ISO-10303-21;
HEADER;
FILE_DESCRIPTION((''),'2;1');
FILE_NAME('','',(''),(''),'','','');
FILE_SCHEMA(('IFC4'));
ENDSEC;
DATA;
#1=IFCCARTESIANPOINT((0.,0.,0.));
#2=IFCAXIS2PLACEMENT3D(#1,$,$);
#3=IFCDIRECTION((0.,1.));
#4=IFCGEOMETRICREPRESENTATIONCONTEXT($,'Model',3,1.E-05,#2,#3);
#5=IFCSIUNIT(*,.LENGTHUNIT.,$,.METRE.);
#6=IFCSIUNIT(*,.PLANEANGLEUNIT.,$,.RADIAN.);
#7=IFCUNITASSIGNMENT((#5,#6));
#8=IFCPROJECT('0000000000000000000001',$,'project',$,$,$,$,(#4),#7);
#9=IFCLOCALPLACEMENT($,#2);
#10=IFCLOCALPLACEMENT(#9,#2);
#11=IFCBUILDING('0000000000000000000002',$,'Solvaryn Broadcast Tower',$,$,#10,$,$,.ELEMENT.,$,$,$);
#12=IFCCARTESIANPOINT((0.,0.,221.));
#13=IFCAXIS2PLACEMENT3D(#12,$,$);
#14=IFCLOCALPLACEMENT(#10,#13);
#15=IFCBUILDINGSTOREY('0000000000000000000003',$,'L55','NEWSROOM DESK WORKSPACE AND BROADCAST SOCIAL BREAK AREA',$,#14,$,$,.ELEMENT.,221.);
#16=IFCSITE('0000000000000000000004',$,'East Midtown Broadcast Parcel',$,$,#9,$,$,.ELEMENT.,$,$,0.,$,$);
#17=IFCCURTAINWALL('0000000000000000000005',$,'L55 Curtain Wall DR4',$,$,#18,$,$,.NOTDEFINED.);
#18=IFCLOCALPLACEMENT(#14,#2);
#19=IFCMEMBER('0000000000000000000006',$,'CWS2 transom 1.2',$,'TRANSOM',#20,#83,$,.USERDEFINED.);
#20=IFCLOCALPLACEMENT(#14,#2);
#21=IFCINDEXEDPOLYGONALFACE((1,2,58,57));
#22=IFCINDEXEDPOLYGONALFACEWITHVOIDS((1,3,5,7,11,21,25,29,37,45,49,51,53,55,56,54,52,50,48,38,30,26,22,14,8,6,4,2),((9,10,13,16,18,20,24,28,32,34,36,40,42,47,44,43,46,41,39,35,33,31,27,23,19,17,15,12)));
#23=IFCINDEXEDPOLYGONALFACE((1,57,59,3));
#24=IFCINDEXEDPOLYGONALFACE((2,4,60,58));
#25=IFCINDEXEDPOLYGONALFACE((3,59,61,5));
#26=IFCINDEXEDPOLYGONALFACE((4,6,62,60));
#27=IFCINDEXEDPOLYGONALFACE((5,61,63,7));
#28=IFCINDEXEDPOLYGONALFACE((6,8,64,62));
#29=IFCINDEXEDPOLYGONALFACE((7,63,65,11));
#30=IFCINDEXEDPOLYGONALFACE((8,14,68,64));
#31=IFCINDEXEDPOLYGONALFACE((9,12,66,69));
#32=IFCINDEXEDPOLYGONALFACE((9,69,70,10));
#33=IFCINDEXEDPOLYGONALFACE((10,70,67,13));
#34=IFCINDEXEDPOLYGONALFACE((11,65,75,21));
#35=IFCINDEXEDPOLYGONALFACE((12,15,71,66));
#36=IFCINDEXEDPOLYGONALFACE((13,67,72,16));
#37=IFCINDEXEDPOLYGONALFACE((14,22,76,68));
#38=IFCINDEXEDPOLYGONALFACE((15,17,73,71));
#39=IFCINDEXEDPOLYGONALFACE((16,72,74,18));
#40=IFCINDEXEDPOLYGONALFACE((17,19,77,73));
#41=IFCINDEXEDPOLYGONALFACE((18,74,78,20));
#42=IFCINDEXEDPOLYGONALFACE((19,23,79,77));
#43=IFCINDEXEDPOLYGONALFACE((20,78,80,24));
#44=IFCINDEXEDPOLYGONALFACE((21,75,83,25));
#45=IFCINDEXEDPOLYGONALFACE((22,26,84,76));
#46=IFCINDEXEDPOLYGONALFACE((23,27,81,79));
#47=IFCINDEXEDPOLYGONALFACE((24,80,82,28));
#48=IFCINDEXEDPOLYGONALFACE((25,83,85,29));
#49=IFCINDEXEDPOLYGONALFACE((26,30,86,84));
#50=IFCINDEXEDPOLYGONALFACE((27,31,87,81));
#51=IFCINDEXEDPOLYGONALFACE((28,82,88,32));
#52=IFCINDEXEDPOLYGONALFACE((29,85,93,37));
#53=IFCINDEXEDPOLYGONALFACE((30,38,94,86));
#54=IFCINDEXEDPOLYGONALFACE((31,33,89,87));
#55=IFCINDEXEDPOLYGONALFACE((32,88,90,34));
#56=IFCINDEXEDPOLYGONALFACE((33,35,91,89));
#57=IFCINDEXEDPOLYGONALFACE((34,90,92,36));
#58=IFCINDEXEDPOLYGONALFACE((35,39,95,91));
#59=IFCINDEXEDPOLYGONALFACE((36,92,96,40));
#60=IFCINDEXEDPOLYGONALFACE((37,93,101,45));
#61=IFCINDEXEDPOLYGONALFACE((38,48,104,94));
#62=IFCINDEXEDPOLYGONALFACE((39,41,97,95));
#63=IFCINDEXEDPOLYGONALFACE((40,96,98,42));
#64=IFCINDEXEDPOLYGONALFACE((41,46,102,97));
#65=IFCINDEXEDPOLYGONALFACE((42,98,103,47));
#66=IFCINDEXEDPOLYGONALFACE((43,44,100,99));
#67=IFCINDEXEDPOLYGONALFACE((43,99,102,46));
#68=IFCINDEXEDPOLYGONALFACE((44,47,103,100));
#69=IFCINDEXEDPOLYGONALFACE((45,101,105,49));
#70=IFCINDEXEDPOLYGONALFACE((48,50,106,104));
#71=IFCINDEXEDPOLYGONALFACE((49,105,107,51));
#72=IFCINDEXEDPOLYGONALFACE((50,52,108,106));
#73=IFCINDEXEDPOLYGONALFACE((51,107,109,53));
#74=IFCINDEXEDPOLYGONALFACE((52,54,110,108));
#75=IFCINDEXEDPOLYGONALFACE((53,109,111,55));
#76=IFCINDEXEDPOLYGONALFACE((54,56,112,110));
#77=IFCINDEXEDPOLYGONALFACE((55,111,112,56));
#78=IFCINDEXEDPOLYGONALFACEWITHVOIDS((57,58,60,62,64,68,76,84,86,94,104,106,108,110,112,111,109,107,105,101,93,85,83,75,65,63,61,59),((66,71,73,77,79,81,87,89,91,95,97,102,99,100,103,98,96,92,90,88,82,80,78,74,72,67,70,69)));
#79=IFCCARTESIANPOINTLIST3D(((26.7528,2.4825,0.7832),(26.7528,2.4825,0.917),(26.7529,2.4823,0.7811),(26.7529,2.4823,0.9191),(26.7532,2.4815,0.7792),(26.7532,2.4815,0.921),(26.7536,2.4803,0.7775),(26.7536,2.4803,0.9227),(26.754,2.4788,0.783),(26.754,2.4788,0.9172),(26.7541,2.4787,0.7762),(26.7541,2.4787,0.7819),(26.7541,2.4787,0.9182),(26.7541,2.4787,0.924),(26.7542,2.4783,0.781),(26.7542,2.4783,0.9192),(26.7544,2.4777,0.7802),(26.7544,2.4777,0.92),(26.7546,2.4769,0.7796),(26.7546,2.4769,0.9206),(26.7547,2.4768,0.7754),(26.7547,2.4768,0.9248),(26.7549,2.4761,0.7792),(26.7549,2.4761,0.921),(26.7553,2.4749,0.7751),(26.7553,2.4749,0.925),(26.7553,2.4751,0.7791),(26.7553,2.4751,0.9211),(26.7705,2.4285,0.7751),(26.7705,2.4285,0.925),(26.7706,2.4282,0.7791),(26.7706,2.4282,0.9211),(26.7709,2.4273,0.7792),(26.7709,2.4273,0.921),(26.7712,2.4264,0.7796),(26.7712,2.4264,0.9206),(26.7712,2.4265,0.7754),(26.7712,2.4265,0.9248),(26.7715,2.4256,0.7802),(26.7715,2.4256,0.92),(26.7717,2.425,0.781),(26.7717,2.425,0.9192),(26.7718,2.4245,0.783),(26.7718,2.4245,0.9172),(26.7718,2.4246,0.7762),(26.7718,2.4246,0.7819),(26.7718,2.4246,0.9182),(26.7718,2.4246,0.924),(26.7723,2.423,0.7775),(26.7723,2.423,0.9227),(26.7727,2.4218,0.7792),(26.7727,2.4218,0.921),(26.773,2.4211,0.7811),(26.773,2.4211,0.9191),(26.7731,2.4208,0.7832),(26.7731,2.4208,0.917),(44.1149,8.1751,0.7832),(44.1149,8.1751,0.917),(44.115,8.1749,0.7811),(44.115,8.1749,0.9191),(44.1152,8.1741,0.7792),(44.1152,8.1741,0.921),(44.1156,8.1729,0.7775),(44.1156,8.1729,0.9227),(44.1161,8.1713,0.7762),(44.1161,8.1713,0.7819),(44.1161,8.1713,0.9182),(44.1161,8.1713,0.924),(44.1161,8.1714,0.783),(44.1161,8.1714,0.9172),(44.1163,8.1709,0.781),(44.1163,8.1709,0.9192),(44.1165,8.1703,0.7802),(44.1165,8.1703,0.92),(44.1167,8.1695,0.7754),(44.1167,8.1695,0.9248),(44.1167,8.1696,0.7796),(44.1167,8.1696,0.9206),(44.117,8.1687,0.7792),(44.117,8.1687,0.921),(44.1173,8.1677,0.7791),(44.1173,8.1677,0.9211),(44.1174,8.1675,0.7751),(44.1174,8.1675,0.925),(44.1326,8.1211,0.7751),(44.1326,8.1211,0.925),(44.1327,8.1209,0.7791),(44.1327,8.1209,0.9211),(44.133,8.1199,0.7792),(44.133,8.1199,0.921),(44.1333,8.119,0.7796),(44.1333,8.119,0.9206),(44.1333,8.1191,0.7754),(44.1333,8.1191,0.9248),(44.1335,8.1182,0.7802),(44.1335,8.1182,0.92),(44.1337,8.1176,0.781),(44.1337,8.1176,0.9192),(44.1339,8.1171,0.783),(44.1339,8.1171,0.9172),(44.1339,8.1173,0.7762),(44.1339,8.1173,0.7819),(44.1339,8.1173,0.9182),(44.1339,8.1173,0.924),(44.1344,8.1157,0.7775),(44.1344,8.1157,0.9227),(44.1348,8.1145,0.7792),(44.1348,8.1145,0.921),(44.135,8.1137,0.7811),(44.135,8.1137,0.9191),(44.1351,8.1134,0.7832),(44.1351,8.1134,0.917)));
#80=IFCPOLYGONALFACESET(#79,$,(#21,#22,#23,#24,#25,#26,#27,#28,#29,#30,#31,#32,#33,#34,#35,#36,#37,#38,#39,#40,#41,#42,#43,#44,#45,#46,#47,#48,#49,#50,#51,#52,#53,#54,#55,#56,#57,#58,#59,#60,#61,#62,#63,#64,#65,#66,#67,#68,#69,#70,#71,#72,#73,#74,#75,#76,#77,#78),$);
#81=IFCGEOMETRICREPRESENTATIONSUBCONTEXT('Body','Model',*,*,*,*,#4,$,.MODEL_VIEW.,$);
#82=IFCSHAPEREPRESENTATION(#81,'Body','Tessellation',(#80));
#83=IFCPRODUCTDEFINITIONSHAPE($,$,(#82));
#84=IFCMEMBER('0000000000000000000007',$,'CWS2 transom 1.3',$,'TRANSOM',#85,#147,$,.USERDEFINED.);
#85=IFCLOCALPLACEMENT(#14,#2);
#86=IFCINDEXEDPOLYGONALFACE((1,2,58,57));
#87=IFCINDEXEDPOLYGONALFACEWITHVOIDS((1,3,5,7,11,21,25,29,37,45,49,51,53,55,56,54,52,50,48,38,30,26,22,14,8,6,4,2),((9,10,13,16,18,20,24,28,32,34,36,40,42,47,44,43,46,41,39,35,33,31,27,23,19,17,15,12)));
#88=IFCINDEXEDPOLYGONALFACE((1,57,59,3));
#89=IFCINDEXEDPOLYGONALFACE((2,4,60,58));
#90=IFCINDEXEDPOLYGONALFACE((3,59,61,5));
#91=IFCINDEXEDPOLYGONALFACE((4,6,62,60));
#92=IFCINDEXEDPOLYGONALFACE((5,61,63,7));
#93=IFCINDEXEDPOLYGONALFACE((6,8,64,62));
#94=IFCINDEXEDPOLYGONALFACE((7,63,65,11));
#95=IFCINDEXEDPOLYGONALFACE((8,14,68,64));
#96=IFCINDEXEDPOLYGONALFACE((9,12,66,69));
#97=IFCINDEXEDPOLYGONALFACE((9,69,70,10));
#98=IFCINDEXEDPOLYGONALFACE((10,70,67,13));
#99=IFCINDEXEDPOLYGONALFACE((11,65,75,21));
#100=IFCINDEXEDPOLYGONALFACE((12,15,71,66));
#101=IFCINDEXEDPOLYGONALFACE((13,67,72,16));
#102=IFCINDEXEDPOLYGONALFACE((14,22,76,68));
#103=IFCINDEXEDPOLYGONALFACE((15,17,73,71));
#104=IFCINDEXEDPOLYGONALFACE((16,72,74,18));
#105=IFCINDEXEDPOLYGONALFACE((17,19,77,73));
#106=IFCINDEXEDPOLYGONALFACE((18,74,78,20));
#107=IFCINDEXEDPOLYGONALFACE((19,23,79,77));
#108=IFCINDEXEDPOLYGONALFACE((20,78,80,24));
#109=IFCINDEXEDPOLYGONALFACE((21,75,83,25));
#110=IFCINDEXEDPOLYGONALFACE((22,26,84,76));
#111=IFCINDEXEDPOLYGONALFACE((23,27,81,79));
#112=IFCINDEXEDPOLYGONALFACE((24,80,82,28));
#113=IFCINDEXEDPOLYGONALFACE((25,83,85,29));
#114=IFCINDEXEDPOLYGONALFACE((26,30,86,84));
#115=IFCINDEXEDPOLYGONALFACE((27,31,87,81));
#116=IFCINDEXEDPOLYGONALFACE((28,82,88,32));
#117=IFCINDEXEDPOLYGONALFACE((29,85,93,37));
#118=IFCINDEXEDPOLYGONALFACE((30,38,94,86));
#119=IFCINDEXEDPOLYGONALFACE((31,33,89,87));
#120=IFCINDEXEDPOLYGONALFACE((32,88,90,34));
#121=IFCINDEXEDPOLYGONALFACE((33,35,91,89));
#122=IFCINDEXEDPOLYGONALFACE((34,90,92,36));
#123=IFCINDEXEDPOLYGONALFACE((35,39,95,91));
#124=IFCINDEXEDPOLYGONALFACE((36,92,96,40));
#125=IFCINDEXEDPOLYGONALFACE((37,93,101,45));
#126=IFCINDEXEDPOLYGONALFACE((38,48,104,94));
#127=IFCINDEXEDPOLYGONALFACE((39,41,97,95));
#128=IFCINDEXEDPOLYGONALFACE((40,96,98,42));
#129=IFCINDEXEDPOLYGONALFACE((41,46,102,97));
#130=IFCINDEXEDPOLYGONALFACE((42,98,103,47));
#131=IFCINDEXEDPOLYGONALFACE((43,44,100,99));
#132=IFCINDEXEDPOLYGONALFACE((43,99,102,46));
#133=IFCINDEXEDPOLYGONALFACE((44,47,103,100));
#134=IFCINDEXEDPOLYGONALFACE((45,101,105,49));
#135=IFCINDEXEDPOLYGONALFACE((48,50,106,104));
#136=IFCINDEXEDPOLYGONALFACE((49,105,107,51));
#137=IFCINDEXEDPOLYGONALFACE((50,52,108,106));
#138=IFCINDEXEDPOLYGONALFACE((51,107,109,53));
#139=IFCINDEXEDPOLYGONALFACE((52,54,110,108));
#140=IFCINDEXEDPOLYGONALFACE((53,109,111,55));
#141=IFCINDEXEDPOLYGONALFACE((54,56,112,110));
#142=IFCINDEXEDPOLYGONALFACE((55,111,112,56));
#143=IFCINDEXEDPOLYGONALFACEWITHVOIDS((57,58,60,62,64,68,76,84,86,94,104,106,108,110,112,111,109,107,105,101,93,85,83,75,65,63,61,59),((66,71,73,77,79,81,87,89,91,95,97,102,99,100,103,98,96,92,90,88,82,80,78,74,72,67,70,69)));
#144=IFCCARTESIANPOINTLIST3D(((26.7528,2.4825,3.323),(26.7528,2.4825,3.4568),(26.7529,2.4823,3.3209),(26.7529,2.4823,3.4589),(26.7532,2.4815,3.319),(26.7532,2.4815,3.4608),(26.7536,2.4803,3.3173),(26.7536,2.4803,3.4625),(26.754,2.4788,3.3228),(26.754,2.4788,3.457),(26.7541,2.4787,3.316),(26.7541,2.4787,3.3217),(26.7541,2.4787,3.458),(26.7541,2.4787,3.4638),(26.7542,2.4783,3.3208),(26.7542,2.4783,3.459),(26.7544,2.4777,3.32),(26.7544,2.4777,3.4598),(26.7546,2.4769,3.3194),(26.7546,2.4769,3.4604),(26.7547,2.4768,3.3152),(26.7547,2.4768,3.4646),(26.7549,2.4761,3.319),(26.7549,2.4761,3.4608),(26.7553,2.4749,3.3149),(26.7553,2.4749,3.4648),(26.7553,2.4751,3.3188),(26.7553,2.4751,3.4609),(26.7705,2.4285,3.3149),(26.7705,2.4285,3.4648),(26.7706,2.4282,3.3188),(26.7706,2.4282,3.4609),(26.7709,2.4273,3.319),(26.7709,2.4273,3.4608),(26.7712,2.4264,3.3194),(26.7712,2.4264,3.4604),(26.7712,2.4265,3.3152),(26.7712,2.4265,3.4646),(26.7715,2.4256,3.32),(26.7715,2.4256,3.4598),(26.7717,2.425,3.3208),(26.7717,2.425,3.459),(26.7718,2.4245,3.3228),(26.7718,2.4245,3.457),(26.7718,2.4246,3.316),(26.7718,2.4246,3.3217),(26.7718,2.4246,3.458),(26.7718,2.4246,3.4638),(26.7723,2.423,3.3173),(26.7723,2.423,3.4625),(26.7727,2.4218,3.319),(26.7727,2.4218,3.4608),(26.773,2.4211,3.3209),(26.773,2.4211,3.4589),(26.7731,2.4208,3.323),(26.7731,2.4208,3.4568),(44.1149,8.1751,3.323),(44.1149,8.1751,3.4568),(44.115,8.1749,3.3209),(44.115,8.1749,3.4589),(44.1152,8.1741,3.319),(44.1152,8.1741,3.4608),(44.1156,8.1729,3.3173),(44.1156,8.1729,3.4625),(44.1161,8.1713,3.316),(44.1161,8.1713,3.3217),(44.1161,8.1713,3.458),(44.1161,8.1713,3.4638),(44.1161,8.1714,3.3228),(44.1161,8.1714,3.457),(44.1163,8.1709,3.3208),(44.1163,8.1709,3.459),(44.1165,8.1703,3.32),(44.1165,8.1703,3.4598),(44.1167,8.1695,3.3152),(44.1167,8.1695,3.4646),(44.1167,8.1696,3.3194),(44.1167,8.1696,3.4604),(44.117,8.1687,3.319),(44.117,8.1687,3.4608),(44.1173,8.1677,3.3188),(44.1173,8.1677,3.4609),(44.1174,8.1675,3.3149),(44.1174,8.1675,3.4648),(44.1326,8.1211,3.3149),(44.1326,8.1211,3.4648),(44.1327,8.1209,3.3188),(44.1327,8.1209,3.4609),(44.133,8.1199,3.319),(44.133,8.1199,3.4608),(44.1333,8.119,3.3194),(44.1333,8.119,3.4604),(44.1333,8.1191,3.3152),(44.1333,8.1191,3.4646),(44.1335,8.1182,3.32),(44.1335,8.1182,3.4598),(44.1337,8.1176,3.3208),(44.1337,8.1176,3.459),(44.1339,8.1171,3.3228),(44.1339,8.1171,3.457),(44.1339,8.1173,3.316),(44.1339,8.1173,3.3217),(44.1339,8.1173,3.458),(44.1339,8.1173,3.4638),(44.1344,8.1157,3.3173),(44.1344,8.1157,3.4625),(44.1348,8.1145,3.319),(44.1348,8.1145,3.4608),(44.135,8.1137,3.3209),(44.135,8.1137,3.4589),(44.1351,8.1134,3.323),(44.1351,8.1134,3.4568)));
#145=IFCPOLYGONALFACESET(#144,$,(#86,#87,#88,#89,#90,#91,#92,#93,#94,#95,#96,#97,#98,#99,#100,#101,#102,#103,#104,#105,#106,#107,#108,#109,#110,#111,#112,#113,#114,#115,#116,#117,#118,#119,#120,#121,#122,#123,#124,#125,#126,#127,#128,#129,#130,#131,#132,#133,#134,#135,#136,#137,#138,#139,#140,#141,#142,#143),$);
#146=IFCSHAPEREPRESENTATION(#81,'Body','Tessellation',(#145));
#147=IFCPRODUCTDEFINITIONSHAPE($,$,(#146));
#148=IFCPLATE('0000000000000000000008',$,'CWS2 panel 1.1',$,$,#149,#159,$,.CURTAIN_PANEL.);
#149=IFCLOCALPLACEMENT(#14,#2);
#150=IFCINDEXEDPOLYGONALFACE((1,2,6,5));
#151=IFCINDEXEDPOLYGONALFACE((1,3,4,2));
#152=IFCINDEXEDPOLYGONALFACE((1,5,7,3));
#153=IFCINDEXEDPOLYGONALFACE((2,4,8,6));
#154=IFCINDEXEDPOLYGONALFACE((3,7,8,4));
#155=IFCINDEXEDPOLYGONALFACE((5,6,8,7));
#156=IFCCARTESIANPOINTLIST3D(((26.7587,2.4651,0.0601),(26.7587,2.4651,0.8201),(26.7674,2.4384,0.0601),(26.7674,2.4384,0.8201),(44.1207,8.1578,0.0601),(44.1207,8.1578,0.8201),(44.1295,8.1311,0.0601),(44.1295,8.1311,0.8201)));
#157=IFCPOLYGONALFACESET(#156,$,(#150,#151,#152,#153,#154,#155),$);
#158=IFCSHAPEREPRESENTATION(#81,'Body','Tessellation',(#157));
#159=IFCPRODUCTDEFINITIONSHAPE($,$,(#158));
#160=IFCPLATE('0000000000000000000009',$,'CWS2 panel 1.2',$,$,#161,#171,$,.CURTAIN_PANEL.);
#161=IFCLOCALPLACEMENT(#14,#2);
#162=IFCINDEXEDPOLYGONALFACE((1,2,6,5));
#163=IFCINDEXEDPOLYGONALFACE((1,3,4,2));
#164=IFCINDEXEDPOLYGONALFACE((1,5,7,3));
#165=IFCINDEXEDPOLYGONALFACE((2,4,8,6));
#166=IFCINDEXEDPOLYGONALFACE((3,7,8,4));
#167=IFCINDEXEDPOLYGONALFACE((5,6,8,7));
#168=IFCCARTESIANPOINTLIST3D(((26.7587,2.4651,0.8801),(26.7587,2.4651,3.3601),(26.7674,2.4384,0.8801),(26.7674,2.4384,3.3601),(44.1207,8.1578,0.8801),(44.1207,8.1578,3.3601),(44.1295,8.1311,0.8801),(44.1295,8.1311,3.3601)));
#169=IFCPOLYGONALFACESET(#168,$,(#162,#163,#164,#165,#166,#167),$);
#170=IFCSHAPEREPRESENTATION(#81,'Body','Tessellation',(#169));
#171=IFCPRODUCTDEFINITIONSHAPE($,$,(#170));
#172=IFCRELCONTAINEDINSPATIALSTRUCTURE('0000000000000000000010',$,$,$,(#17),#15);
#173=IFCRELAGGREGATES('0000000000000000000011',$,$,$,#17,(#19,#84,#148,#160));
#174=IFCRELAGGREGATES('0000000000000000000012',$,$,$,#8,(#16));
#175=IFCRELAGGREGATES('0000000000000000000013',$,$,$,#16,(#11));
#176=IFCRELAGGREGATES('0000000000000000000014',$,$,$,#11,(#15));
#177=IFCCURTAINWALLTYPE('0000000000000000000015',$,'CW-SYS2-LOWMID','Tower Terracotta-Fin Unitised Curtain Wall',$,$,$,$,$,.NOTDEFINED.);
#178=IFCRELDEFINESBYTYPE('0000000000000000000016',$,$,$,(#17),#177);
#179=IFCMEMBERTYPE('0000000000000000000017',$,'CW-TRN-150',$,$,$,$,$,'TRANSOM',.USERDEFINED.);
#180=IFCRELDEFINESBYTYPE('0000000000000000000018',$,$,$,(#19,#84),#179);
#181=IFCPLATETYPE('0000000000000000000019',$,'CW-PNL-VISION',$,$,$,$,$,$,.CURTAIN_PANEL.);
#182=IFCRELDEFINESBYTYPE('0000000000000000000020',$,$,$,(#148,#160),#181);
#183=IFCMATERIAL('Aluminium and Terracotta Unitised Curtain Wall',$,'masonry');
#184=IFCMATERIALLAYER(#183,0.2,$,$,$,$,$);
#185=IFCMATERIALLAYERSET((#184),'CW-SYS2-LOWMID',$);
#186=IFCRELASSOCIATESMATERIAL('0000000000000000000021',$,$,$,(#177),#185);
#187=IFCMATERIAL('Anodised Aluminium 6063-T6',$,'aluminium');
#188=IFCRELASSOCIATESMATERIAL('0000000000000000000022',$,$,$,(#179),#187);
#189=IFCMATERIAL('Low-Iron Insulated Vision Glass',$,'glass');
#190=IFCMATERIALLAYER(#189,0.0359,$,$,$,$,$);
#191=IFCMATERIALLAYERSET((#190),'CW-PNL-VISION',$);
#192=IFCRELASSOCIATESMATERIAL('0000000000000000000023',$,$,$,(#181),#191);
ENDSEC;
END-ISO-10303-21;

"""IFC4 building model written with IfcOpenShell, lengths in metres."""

from ifc_helpers import new_model, si_unit, direction, frame, origin, origin_2d, place, context, subcontext, project, spatial, rectangle, hollow_rectangle, extrude, material, layer, layer_set, material_profile, profile_set, type_object, element, aggregate, save


model = new_model("IFC4")

# Units and contexts
model_context = context("Model", 3, precision=1e-05, world=origin(), true_north=direction((0.0, 1.0)))
body_context = subcontext(model_context, "Body", "Model", "MODEL_VIEW")
ifc_project = project(units=[si_unit("LENGTHUNIT", "METRE"), si_unit("PLANEANGLEUNIT", "RADIAN")], contexts=[model_context])

# Site, building, storey
site_placement = place(None, origin())
site = spatial("IfcSite", under=ifc_project, at=site_placement, Name="East Midtown Broadcast Parcel", CompositionType="ELEMENT", RefElevation=0.0)
building_placement = place(site_placement, origin())
building = spatial("IfcBuilding", under=site, at=building_placement, Name="Solvaryn Broadcast Tower", CompositionType="ELEMENT")
storey_placement = place(building_placement, frame((0.0, 0.0, 221.0)))
storey = spatial("IfcBuildingStorey", under=building, at=storey_placement, Name="L55", Description="NEWSROOM DESK WORKSPACE AND BROADCAST SOCIAL BREAK AREA", CompositionType="ELEMENT", Elevation=221.0)

# Shared definitions
ifc_material_1 = material(Name="Aluminium and Terracotta Unitised Curtain Wall", Category="masonry")
ifc_layer_1 = layer(ifc_material_1, 0.2)
ifc_layer_set_1 = layer_set([ifc_layer_1], Name="CW-SYS2-LOWMID")
curtain_wall_type = type_object("IfcCurtainWallType", Name="CW-SYS2-LOWMID", Description="Tower Terracotta-Fin Unitised Curtain Wall", PredefinedType="NOTDEFINED", material=ifc_layer_set_1)

# Curtain wall, members, plates
curtain_wall_1_placement = place(storey_placement, origin())
curtain_wall_1 = element("IfcCurtainWall", 1, at=curtain_wall_1_placement, inside=storey, type_object=curtain_wall_type, Name="L55 Curtain Wall DR4", PredefinedType="NOTDEFINED")
ifc_material_2 = material(Name="Anodised Aluminium 6063-T6", Category="aluminium")
ifc_material_profile_1 = material_profile(ifc_material_2, hollow_rectangle(XDim=0.0649, YDim=0.1499, WallThickness=0.0039, InnerFilletRadius=0.0039, OuterFilletRadius=0.0081, at=origin_2d()))
ifc_profile_set_1 = profile_set([ifc_material_profile_1], Name="Anodised Aluminium 6063-T6")
member_type_1 = type_object("IfcMemberType", Name="CW-TRN-150", ElementType="TRANSOM", PredefinedType="USERDEFINED", material=ifc_profile_set_1)
member_1_placement = place(storey_placement, frame((26.7629, 2.4517, 0.8501), z_axis=(0.950227, 0.311558, 0.0), x_axis=(-0.311558, 0.950227, 0.0)))
member_1 = element("IfcMember", 2, at=member_1_placement, type_object=member_type_1, Name="CWS2 transom 1.2", ObjectType="TRANSOM", PredefinedType="USERDEFINED", context=body_context, shape_type="SweptSolid", body=[
    extrude(hollow_rectangle(XDim=0.0649, YDim=0.1499, WallThickness=0.0039, InnerFilletRadius=0.0039, OuterFilletRadius=0.0081, at=origin_2d()), origin(), (0.0, 0.0, 1.0), 18.2715),
])
member_2_placement = place(storey_placement, frame((26.7629, 2.4517, 3.3899), z_axis=(0.950227, 0.311558, 0.0), x_axis=(-0.311558, 0.950227, 0.0)))
member_2 = element("IfcMember", 3, at=member_2_placement, type_object=member_type_1, Name="CWS2 transom 1.3", ObjectType="TRANSOM", PredefinedType="USERDEFINED", context=body_context, shape_type="SweptSolid", body=[
    extrude(hollow_rectangle(XDim=0.0649, YDim=0.1499, WallThickness=0.0039, InnerFilletRadius=0.0039, OuterFilletRadius=0.0081, at=origin_2d()), origin(), (0.0, 0.0, 1.0), 18.2715),
])
ifc_material_3 = material(Name="Low-Iron Insulated Vision Glass", Category="glass")
ifc_layer_2 = layer(ifc_material_3, 0.0359)
ifc_layer_set_2 = layer_set([ifc_layer_2], Name="CW-PNL-VISION")
plate_type = type_object("IfcPlateType", Name="CW-PNL-VISION", PredefinedType="CURTAIN_PANEL", material=ifc_layer_set_2)
plate_1_placement = place(storey_placement, frame((35.4441, 5.2981, 0.0601), z_axis=(0.0, 0.0, 1.0), x_axis=(0.950227, 0.311559, 0.0)))
plate_1 = element("IfcPlate", 4, at=plate_1_placement, type_object=plate_type, Name="CWS2 panel 1.1", PredefinedType="CURTAIN_PANEL", context=body_context, shape_type="SweptSolid", body=[
    extrude(rectangle(XDim=18.2715, YDim=0.0281, at=origin_2d()), origin(), (0.0, 0.0, 1.0), 0.76),
])
plate_2_placement = place(storey_placement, frame((35.4441, 5.2981, 0.8801), z_axis=(0.0, 0.0, 1.0), x_axis=(0.950227, 0.311559, 0.0)))
plate_2 = element("IfcPlate", 5, at=plate_2_placement, type_object=plate_type, Name="CWS2 panel 1.2", PredefinedType="CURTAIN_PANEL", context=body_context, shape_type="SweptSolid", body=[
    extrude(rectangle(XDim=18.2715, YDim=0.0281, at=origin_2d()), origin(), (0.0, 0.0, 1.0), 2.48),
])
aggregate(curtain_wall_1, [member_1, member_2, plate_1, plate_2])

save(model, "model.ifc")
